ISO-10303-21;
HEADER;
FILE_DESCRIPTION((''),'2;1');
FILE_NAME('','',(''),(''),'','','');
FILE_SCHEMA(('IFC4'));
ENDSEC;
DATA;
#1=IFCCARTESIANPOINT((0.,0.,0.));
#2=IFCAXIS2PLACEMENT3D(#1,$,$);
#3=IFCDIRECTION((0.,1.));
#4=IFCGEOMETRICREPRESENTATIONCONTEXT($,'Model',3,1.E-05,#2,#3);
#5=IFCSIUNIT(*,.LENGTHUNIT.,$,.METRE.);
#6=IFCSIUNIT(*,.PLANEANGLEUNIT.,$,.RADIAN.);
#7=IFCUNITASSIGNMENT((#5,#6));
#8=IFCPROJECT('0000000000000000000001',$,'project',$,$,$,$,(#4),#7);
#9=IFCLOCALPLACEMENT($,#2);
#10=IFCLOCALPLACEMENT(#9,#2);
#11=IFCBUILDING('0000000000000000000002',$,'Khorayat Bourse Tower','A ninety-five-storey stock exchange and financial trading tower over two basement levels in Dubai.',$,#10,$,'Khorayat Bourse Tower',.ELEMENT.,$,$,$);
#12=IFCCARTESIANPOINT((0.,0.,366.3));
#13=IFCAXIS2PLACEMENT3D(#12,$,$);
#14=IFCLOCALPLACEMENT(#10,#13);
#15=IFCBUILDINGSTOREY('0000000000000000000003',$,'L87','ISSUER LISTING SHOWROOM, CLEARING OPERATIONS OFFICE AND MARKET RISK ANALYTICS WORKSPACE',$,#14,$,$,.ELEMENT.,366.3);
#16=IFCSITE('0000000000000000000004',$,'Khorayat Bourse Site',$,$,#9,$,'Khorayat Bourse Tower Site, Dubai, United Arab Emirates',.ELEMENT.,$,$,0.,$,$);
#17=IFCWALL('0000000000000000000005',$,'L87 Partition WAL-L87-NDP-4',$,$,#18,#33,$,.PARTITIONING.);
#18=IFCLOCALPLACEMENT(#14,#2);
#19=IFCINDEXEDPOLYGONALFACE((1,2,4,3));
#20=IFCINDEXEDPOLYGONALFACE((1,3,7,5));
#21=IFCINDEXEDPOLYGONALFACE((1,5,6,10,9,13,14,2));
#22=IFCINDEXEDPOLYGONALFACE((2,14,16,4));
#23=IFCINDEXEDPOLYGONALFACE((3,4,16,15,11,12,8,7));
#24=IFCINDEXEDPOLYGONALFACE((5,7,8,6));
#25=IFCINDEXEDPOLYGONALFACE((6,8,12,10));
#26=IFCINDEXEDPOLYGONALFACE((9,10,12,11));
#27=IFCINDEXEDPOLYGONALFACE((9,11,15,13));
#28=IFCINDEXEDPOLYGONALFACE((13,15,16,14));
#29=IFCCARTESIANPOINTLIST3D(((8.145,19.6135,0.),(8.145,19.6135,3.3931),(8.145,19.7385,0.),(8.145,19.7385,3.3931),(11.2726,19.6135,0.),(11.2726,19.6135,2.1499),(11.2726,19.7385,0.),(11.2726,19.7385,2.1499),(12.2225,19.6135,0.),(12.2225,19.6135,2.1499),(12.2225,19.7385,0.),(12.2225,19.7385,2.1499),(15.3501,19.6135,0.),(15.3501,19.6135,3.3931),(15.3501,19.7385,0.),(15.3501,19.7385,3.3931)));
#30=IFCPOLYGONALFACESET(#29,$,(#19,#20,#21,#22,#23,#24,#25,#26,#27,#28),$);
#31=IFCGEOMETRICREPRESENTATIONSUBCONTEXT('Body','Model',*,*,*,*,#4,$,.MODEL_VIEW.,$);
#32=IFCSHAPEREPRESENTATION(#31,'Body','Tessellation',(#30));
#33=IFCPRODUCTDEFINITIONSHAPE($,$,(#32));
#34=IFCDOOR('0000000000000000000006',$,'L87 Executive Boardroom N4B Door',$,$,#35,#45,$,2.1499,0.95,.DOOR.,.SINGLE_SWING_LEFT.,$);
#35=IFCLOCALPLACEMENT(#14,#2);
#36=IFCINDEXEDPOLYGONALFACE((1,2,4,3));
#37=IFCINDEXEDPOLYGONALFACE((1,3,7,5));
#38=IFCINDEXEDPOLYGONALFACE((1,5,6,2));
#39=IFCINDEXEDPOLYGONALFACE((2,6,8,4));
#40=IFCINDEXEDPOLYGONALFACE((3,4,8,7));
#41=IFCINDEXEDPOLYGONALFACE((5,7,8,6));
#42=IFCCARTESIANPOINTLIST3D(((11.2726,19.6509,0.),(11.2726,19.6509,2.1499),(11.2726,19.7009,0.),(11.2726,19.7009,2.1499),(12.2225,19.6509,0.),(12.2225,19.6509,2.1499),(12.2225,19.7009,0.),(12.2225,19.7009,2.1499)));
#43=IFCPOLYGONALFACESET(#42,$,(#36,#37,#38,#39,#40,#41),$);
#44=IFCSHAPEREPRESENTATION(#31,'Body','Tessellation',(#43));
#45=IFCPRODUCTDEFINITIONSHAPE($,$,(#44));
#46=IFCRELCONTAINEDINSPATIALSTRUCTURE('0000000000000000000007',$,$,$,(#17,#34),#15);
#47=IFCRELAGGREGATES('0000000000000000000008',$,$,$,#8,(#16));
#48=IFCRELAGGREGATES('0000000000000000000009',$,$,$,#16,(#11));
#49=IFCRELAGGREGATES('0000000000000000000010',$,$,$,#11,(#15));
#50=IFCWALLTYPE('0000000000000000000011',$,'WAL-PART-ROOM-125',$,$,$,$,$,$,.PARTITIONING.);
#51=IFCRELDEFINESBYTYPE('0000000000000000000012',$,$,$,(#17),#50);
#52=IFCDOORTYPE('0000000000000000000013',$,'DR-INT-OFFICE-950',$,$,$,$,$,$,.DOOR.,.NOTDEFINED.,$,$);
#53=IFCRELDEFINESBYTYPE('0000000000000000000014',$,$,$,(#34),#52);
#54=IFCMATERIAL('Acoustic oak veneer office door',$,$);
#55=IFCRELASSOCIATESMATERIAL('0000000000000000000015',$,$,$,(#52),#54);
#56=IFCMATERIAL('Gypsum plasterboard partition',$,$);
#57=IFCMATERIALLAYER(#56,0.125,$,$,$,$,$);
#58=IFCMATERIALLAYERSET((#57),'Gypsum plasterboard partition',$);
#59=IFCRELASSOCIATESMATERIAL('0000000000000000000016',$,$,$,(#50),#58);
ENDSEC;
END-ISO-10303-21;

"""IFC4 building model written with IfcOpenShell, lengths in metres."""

from ifc_helpers import new_model, si_unit, direction, frame, frame_2d, origin, place, context, subcontext, project, spatial, rectangle, extrude, source, transform, mapped, material, layer, layer_set, type_object, element, fill, save


model = new_model("IFC4")

# Units and contexts
model_context = context("Model", 3, precision=1e-05, world=origin(), true_north=direction((0.0, 1.0)))
body_context = subcontext(model_context, "Body", "Model", "MODEL_VIEW")
ifc_project = project(units=[si_unit("LENGTHUNIT", "METRE"), si_unit("PLANEANGLEUNIT", "RADIAN")], contexts=[model_context])

# Site, building, storey
site_placement = place(None, origin())
site = spatial("IfcSite", under=ifc_project, at=site_placement, Name="Khorayat Bourse Site", LongName="Khorayat Bourse Tower Site, Dubai, United Arab Emirates", CompositionType="ELEMENT", RefElevation=0.0)
building_placement = place(site_placement, origin())
building = spatial("IfcBuilding", under=site, at=building_placement, Name="Khorayat Bourse Tower", Description="A ninety-five-storey stock exchange and financial trading tower over two basement levels in Dubai.", LongName="Khorayat Bourse Tower", CompositionType="ELEMENT")
storey_placement = place(building_placement, frame((0.0, 0.0, 366.3)))
storey = spatial("IfcBuildingStorey", under=building, at=storey_placement, Name="L87", Description="ISSUER LISTING SHOWROOM, CLEARING OPERATIONS OFFICE AND MARKET RISK ANALYTICS WORKSPACE", CompositionType="ELEMENT", Elevation=366.3)

# Shared definitions
ifc_material_1 = material(Name="Acoustic oak veneer office door")
door_type_1 = type_object("IfcDoorType", Name="DR-INT-OFFICE-950", OperationType="NOTDEFINED", PredefinedType="DOOR", material=ifc_material_1)
shared_shape_1 = source(origin(), body_context, "Body", "SweptSolid", [
    extrude(rectangle(XDim=0.95, YDim=2.1499, at=frame_2d((0.4751, 1.075))), frame((0.0, 0.0249, 0.0), z_axis=(0.0, -1.0, 0.0), x_axis=(1.0, 0.0, 0.0)), (0.0, 0.0, 1.0), 0.05),
])

# Wall, opening, door
ifc_material_2 = material(Name="Gypsum plasterboard partition")
ifc_layer_1 = layer(ifc_material_2, 0.125)
ifc_layer_set_1 = layer_set([ifc_layer_1], Name="Gypsum plasterboard partition")
wall_type_1 = type_object("IfcWallType", Name="WAL-PART-ROOM-125", PredefinedType="PARTITIONING", material=ifc_layer_set_1)
shared_shape_2 = source(origin(), body_context, "Body", "SweptSolid", [
    extrude(rectangle(XDim=0.95, YDim=2.1499, at=frame_2d((0.4751, 1.075))), frame((0.0, 0.0725, 0.0), z_axis=(0.0, -1.0, 0.0), x_axis=(1.0, 0.0, 0.0)), (0.0, 0.0, 1.0), 0.145),
])
shared_shape_3 = source(origin(), body_context, "Body", "SweptSolid", [
    extrude(rectangle(XDim=7.2051, YDim=0.125, at=frame_2d((3.6025, 0.0))), origin(), (0.0, 0.0, 1.0), 3.3931),
])
wall_1_placement = place(storey_placement, frame((8.145, 19.676, 0.0), z_axis=(0.0, 0.0, 1.0), x_axis=(1.0, 0.0, 0.0)))
wall_1 = element("IfcWall", 1, at=wall_1_placement, inside=storey, type_object=wall_type_1, Name="L87 Partition WAL-L87-NDP-4", PredefinedType="PARTITIONING", context=body_context, shape_type="MappedRepresentation", body=[
    mapped(shared_shape_3, transform((0.0, 0.0, 0.0), scale=1.0)),
])
opening_1_placement = place(wall_1_placement, frame((3.1274, 0.0, 0.0)))
opening_1 = element("IfcOpeningElement", 2, at=opening_1_placement, cuts=wall_1, PredefinedType="OPENING", context=body_context, shape_type="MappedRepresentation", body=[
    mapped(shared_shape_2, transform((0.0, 0.0, 0.0), scale=1.0)),
])
door_1_placement = place(opening_1_placement, origin())
door_1 = element("IfcDoor", 3, at=door_1_placement, inside=storey, type_object=door_type_1, Name="L87 Executive Boardroom N4B Door", OperationType="SINGLE_SWING_LEFT", OverallHeight=2.1499, OverallWidth=0.95, PredefinedType="DOOR", context=body_context, shape_type="MappedRepresentation", body=[
    mapped(shared_shape_1, transform((0.0, 0.0, 0.0), scale=1.0)),
])
fill(opening_1, door_1)

save(model, "model.ifc")
